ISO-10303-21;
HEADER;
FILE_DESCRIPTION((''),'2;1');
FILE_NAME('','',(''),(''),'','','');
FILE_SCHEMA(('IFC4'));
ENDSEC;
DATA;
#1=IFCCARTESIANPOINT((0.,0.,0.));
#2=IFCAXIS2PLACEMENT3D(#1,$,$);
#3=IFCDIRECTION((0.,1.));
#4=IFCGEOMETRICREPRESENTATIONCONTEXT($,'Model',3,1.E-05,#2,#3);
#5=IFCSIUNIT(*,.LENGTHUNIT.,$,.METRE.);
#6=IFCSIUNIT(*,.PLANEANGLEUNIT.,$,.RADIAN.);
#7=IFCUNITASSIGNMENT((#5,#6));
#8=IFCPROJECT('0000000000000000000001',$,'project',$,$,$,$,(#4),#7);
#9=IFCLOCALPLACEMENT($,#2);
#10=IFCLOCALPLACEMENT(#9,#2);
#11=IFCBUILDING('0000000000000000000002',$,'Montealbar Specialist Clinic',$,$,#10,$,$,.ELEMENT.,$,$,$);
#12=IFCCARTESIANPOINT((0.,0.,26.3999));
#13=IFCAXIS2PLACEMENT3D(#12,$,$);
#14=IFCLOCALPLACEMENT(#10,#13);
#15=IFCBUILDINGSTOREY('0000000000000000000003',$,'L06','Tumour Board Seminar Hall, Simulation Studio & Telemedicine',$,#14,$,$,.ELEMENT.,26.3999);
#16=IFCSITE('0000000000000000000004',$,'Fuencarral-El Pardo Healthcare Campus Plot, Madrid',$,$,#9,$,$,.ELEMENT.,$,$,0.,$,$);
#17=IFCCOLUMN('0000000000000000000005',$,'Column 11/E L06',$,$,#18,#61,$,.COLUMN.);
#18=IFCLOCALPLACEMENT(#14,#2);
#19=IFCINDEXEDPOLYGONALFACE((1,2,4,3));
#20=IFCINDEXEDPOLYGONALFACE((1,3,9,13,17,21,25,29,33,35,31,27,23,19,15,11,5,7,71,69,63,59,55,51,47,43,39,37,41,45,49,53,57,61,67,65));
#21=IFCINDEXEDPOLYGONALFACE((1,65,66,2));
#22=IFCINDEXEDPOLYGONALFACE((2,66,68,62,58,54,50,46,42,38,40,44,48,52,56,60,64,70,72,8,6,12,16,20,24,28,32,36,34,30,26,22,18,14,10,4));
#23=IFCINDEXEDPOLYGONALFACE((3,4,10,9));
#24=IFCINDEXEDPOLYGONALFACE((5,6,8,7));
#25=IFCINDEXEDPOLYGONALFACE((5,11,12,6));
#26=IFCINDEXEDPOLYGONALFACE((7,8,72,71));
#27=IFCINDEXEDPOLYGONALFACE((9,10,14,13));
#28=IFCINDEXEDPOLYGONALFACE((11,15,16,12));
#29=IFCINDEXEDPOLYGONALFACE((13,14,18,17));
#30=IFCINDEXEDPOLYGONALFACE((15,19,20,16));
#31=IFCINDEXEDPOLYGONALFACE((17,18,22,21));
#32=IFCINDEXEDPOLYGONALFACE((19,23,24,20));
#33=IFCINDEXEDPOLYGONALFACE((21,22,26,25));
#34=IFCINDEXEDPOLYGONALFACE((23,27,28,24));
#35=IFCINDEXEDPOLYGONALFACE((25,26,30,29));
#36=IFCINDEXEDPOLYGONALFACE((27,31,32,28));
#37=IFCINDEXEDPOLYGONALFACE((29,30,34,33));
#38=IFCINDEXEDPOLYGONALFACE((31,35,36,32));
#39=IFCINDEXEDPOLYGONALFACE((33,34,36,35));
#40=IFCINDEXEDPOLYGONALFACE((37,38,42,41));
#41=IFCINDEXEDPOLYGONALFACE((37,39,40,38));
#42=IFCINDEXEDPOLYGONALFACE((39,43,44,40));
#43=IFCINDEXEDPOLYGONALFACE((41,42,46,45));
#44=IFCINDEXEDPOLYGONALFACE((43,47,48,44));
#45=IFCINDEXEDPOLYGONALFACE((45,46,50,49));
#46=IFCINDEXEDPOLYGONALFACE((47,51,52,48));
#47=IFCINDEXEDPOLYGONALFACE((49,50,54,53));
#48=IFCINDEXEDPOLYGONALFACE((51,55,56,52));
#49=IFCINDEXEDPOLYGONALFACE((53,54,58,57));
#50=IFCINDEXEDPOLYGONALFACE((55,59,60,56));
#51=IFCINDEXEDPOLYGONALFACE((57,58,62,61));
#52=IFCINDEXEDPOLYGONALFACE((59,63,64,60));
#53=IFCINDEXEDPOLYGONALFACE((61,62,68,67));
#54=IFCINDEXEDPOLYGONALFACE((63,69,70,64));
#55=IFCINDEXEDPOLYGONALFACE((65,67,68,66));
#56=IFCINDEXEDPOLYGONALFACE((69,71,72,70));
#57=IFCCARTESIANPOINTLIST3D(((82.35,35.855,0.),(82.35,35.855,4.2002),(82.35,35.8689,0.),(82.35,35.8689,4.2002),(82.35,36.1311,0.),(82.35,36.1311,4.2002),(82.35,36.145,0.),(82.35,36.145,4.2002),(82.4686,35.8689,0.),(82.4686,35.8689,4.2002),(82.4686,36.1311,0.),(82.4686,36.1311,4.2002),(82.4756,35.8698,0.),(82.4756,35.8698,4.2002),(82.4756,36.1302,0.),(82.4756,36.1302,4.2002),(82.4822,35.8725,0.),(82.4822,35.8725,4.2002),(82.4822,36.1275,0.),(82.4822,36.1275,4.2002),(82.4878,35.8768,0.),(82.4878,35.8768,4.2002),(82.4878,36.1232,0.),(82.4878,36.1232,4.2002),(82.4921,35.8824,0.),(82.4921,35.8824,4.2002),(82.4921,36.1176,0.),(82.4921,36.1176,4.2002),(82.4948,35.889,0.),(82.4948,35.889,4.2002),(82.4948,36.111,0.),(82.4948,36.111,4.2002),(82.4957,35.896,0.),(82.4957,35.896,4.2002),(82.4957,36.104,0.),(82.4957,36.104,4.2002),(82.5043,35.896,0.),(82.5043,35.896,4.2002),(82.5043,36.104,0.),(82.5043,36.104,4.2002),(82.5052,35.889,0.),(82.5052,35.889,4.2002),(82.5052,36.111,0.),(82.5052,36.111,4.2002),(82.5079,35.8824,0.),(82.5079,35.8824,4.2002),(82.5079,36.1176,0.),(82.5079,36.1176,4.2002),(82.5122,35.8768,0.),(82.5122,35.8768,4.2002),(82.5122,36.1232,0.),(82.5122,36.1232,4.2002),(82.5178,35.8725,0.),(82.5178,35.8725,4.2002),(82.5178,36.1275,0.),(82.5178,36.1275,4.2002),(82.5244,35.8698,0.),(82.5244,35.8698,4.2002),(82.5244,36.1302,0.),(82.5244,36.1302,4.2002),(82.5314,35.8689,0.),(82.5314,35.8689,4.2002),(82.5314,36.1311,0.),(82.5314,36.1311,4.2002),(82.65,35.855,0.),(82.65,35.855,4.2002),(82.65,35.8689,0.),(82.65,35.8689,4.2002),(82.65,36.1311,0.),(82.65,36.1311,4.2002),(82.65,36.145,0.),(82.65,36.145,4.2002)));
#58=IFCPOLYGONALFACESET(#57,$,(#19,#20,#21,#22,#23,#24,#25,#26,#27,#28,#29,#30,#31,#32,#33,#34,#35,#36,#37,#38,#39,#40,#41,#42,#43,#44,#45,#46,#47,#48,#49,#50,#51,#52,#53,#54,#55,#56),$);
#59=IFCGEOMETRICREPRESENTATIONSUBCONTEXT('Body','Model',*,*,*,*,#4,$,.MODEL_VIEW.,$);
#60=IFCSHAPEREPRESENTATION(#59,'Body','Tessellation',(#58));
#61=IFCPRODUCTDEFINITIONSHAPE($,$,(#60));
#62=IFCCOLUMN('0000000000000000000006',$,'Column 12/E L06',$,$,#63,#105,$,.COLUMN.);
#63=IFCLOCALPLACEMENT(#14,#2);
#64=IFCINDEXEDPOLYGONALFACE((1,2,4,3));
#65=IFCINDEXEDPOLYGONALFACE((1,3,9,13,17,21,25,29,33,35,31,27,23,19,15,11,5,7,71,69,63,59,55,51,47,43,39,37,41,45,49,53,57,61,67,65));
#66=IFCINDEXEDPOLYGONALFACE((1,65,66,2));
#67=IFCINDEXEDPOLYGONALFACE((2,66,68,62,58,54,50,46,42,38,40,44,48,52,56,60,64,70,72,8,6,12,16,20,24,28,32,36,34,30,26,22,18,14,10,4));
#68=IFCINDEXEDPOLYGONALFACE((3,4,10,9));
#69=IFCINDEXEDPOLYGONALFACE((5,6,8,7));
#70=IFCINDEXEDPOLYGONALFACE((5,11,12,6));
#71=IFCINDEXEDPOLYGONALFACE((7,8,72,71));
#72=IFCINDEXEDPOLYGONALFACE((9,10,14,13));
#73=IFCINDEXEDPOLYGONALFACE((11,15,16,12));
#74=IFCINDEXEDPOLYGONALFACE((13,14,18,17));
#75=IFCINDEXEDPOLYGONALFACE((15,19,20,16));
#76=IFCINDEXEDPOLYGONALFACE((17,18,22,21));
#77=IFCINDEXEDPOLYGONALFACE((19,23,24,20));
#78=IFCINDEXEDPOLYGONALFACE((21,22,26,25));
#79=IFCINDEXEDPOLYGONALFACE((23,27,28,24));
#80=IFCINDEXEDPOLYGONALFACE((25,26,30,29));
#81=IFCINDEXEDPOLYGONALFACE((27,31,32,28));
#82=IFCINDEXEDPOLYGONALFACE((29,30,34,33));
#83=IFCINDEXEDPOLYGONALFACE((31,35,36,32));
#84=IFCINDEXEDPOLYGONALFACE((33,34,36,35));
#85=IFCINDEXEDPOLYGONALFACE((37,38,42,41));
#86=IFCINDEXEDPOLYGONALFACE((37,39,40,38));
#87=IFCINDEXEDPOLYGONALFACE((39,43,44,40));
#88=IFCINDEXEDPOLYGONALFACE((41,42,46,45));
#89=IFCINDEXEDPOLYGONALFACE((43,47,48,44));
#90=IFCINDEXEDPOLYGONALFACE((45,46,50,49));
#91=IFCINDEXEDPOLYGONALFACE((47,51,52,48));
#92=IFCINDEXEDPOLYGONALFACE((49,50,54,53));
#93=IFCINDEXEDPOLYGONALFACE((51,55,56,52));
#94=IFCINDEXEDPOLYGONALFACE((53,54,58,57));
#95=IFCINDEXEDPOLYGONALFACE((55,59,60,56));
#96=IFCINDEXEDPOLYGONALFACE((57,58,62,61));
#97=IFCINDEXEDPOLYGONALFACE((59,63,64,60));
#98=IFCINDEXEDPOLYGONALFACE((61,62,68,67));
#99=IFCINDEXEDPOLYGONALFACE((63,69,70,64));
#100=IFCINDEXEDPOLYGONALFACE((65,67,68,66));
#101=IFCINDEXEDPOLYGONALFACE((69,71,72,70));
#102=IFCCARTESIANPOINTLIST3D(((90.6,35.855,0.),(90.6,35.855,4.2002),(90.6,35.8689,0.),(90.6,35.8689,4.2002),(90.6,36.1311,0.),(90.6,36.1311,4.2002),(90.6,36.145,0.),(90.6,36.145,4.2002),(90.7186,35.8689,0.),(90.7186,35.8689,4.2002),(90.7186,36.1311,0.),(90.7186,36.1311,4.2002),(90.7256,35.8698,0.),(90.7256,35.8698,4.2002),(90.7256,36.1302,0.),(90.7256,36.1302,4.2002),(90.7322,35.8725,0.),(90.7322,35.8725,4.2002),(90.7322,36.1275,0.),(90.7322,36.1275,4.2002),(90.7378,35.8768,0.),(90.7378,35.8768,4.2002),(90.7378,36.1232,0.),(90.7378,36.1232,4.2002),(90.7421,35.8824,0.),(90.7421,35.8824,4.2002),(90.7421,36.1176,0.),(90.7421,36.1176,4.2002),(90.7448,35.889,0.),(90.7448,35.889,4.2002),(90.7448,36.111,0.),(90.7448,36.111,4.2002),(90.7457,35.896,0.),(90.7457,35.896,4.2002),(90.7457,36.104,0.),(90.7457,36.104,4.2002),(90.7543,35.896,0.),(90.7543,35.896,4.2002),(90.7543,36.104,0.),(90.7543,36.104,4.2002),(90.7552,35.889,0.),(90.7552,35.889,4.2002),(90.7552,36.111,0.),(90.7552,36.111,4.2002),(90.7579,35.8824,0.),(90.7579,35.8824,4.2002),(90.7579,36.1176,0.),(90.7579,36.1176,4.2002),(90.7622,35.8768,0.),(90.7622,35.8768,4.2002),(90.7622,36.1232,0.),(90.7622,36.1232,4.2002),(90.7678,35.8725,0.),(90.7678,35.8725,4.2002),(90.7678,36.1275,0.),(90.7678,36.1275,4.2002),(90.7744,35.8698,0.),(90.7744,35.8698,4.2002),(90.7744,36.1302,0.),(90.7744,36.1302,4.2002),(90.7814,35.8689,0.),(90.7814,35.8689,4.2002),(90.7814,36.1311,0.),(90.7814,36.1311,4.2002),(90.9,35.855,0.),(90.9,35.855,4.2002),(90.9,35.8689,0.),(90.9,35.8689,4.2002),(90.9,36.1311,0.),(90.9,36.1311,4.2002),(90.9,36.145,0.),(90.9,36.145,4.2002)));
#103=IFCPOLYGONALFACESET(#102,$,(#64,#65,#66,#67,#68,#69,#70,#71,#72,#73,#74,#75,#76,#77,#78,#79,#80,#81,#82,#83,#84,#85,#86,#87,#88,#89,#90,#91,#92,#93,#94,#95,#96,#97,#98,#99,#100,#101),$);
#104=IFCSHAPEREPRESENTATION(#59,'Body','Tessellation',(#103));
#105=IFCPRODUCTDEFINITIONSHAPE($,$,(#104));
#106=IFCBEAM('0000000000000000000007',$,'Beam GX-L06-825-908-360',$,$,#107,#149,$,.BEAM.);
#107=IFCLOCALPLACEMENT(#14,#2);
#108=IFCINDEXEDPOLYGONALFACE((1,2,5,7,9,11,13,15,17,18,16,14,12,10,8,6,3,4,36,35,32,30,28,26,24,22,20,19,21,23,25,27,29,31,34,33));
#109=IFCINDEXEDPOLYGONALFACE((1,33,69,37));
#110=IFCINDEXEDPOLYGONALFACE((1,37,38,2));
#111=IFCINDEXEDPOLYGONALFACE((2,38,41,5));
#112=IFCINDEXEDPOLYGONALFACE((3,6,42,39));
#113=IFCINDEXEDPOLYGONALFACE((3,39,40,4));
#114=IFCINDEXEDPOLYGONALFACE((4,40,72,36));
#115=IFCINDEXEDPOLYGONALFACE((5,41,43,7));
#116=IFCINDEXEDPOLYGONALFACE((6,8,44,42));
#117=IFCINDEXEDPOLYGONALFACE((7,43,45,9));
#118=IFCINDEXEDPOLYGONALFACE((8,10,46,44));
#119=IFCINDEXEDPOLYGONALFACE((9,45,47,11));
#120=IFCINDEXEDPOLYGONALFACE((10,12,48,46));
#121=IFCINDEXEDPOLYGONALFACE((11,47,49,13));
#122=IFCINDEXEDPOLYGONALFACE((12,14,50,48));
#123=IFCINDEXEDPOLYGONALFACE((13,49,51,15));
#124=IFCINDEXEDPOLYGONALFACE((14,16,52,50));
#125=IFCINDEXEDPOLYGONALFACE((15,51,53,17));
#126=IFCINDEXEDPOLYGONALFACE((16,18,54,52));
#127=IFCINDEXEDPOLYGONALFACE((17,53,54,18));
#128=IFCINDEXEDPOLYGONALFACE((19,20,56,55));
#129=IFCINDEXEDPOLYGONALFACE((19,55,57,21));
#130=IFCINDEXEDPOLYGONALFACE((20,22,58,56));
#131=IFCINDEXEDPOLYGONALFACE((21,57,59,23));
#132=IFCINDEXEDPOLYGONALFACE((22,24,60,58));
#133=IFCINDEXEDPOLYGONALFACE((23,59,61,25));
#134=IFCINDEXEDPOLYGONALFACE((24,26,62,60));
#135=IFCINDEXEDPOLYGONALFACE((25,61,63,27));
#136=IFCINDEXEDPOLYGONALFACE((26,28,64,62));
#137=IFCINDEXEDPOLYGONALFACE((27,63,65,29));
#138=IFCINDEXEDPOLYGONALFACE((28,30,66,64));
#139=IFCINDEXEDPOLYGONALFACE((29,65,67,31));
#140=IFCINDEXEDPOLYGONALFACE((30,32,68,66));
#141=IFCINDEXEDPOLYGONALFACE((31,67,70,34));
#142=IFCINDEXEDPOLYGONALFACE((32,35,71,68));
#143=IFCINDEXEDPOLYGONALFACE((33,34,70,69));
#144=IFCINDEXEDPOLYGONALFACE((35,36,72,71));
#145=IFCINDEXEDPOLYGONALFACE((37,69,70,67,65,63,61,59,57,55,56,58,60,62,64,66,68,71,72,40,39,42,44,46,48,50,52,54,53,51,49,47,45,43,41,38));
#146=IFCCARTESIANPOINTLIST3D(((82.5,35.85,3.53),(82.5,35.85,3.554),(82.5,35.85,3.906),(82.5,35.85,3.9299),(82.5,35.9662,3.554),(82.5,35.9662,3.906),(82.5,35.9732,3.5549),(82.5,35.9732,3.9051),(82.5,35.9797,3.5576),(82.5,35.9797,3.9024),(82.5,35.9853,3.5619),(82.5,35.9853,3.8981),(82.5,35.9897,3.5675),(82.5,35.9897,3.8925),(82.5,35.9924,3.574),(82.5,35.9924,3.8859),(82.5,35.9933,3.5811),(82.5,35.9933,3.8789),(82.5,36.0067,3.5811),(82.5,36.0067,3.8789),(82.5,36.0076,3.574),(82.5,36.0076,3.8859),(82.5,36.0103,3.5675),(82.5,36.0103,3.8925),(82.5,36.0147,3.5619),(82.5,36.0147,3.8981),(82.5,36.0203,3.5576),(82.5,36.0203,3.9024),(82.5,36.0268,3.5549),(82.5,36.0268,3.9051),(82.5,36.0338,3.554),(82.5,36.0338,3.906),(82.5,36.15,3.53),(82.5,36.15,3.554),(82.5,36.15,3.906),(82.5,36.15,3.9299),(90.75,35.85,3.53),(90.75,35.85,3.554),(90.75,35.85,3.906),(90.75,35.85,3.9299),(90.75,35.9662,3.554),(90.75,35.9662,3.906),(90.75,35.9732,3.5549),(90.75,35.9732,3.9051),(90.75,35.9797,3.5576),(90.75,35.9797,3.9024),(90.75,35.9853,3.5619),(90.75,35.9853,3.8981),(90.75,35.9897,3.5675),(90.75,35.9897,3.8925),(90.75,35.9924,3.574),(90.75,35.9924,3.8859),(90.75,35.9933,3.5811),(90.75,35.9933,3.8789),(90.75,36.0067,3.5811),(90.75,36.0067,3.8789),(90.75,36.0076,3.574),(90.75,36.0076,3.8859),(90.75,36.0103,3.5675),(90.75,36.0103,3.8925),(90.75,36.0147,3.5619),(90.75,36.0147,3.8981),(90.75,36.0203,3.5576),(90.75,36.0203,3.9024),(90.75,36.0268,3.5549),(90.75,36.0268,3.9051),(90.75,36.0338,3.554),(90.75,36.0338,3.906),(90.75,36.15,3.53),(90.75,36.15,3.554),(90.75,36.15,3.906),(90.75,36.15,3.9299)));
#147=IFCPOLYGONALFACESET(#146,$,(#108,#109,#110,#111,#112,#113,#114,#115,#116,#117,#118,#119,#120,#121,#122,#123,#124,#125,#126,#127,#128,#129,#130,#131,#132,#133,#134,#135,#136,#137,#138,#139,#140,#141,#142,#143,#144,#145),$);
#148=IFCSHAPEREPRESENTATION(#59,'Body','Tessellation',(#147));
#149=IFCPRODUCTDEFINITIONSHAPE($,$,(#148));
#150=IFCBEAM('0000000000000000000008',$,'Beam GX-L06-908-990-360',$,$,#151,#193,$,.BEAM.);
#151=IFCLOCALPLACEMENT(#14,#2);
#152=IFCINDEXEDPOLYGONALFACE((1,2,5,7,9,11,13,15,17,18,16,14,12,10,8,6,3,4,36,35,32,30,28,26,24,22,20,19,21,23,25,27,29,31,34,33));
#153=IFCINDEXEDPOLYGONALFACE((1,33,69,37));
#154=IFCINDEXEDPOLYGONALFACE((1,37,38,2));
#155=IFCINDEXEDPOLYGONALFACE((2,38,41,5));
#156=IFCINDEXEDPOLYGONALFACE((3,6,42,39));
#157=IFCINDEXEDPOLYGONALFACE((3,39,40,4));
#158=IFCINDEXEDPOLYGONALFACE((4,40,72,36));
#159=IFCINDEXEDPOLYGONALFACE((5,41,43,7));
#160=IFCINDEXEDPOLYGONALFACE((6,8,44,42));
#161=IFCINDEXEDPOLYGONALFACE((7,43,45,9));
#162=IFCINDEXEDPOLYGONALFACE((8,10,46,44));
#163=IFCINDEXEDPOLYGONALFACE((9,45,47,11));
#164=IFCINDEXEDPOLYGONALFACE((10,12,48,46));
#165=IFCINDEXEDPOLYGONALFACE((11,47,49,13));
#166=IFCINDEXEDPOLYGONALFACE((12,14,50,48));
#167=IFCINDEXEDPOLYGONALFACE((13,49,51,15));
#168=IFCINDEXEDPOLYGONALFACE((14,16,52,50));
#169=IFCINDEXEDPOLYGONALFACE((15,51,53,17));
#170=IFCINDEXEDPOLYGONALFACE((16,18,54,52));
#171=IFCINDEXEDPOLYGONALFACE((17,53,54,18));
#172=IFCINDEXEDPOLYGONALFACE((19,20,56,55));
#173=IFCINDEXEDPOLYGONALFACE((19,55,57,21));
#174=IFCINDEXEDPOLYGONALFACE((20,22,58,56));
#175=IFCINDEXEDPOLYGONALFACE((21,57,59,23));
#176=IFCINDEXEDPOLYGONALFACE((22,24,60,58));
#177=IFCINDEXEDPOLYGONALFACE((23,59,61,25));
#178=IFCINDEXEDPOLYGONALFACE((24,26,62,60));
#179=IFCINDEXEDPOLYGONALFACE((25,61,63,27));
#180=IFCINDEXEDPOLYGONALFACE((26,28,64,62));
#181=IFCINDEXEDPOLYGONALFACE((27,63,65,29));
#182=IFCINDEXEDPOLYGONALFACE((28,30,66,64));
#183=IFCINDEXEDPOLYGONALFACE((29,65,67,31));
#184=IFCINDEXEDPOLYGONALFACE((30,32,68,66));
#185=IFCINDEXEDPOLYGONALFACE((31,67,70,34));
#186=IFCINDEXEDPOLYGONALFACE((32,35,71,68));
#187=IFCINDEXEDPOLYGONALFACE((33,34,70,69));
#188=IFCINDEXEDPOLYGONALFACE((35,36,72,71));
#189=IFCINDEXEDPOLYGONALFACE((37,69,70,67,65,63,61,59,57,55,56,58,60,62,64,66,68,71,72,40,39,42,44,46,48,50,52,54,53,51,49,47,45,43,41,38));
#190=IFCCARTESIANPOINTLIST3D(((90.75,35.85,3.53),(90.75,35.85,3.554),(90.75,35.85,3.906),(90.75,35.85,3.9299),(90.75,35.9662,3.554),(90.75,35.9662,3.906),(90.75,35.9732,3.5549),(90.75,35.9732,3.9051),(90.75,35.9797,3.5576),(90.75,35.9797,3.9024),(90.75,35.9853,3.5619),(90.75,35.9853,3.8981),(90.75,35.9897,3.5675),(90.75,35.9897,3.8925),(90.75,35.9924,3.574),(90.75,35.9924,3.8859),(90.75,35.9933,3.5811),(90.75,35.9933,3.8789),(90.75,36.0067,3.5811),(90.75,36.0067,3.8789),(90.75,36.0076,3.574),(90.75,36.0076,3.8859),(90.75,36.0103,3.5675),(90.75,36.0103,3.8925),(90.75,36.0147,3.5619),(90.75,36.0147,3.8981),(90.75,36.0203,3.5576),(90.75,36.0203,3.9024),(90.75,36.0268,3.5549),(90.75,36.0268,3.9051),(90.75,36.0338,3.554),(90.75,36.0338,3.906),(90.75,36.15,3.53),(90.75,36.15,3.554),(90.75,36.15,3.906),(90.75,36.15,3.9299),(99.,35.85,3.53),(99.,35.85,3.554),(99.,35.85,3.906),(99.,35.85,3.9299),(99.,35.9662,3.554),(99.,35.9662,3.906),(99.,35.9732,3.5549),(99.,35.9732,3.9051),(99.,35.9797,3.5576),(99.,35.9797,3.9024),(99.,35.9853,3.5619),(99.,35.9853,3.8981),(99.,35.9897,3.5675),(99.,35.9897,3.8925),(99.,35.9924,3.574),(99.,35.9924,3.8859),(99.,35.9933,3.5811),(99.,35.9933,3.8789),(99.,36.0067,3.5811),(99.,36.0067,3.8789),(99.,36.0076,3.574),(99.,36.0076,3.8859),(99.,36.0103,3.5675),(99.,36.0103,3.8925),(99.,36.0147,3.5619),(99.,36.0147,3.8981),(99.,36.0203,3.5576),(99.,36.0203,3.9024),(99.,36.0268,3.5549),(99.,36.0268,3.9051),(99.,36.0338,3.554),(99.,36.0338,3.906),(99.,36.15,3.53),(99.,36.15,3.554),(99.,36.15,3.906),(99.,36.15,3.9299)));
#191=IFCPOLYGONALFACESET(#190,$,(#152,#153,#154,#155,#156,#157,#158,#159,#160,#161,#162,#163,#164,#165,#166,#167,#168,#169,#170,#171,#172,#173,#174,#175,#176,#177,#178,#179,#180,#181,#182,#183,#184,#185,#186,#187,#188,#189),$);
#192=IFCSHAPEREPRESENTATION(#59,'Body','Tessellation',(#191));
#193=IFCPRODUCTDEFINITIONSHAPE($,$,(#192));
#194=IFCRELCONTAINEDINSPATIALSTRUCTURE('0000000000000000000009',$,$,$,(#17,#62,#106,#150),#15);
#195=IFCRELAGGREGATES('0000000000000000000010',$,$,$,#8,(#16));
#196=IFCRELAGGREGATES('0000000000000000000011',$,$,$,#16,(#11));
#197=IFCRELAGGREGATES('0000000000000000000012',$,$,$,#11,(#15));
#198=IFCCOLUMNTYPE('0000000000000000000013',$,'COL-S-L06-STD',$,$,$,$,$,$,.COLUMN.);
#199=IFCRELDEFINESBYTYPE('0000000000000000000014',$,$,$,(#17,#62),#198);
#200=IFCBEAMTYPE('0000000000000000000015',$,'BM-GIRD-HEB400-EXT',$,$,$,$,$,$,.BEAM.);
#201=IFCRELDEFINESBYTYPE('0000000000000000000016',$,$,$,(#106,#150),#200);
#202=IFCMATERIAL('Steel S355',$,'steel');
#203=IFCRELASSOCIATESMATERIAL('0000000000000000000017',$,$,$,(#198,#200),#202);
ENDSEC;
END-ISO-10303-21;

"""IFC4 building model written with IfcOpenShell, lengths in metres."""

from ifc_helpers import new_model, si_unit, direction, frame, origin, origin_2d, place, context, subcontext, project, spatial, i_section, extrude, material, material_profile, profile_set, type_object, element, save


model = new_model("IFC4")

# Units and contexts
model_context = context("Model", 3, precision=1e-05, world=origin(), true_north=direction((0.0, 1.0)))
body_context = subcontext(model_context, "Body", "Model", "MODEL_VIEW")
ifc_project = project(units=[si_unit("LENGTHUNIT", "METRE"), si_unit("PLANEANGLEUNIT", "RADIAN")], contexts=[model_context])

# Site, building, storey
site_placement = place(None, origin())
site = spatial("IfcSite", under=ifc_project, at=site_placement, Name="Fuencarral-El Pardo Healthcare Campus Plot, Madrid", CompositionType="ELEMENT", RefElevation=0.0)
building_placement = place(site_placement, origin())
building = spatial("IfcBuilding", under=site, at=building_placement, Name="Montealbar Specialist Clinic", CompositionType="ELEMENT")
storey_placement = place(building_placement, frame((0.0, 0.0, 26.3999)))
storey = spatial("IfcBuildingStorey", under=building, at=storey_placement, Name="L06", Description="Tumour Board Seminar Hall, Simulation Studio & Telemedicine", CompositionType="ELEMENT", Elevation=26.3999)

# Columns
ifc_material_1 = material(Name="Steel S355", Category="steel")
ifc_material_profile_1 = material_profile(ifc_material_1, i_section(OverallWidth=0.3, OverallDepth=0.29, WebThickness=0.0085, FlangeThickness=0.0139, FilletRadius=0.0271, at=origin_2d()), Name="HEA 300", Category="steel")
ifc_profile_set_1 = profile_set([ifc_material_profile_1], Name="Steel S355")
column_type = type_object("IfcColumnType", Name="COL-S-L06-STD", PredefinedType="COLUMN", material=ifc_profile_set_1)
for number, where, z_axis, x_axis, name in (
    (1, (82.5, 36.0, 0.0), (0.0, 0.0, 1.0), (1.0, 0.0, 0.0), "Column 11/E L06"),
    (2, (90.75, 36.0, 0.0), (0.0, 0.0, 1.0), (1.0, 0.0, 0.0), "Column 12/E L06"),
):
    element("IfcColumn", number, at=place(storey_placement, frame(where, z_axis=z_axis, x_axis=x_axis)), inside=storey, type_object=column_type, Name=name, PredefinedType="COLUMN", context=body_context, shape_type="SweptSolid", body=[
        extrude(i_section(OverallWidth=0.3, OverallDepth=0.29, WebThickness=0.0085, FlangeThickness=0.0139, FilletRadius=0.0271, at=origin_2d()), origin(), (0.0, 0.0, 1.0), 4.2002),
    ])

# Beams
ifc_material_profile_2 = material_profile(ifc_material_1, i_section(OverallWidth=0.3, OverallDepth=0.3999, WebThickness=0.0134, FlangeThickness=0.0239, FilletRadius=0.0271, at=origin_2d()), Name="HEB 400", Category="steel")
ifc_profile_set_2 = profile_set([ifc_material_profile_2], Name="Steel S355")
beam_type_1 = type_object("IfcBeamType", Name="BM-GIRD-HEB400-EXT", PredefinedType="BEAM", material=ifc_profile_set_2)
for number, where, z_axis, x_axis, name in (
    (3, (82.5, 36.0, 3.73), (1.0, 0.0, 0.0), (0.0, 1.0, 0.0), "Beam GX-L06-825-908-360"),
    (4, (90.75, 36.0, 3.73), (1.0, 0.0, 0.0), (0.0, 1.0, 0.0), "Beam GX-L06-908-990-360"),
):
    element("IfcBeam", number, at=place(storey_placement, frame(where, z_axis=z_axis, x_axis=x_axis)), inside=storey, type_object=beam_type_1, Name=name, PredefinedType="BEAM", context=body_context, shape_type="SweptSolid", body=[
        extrude(i_section(OverallWidth=0.3, OverallDepth=0.3999, WebThickness=0.0134, FlangeThickness=0.0239, FilletRadius=0.0271, at=origin_2d()), origin(), (0.0, 0.0, 1.0), 8.25),
    ])

save(model, "model.ifc")
